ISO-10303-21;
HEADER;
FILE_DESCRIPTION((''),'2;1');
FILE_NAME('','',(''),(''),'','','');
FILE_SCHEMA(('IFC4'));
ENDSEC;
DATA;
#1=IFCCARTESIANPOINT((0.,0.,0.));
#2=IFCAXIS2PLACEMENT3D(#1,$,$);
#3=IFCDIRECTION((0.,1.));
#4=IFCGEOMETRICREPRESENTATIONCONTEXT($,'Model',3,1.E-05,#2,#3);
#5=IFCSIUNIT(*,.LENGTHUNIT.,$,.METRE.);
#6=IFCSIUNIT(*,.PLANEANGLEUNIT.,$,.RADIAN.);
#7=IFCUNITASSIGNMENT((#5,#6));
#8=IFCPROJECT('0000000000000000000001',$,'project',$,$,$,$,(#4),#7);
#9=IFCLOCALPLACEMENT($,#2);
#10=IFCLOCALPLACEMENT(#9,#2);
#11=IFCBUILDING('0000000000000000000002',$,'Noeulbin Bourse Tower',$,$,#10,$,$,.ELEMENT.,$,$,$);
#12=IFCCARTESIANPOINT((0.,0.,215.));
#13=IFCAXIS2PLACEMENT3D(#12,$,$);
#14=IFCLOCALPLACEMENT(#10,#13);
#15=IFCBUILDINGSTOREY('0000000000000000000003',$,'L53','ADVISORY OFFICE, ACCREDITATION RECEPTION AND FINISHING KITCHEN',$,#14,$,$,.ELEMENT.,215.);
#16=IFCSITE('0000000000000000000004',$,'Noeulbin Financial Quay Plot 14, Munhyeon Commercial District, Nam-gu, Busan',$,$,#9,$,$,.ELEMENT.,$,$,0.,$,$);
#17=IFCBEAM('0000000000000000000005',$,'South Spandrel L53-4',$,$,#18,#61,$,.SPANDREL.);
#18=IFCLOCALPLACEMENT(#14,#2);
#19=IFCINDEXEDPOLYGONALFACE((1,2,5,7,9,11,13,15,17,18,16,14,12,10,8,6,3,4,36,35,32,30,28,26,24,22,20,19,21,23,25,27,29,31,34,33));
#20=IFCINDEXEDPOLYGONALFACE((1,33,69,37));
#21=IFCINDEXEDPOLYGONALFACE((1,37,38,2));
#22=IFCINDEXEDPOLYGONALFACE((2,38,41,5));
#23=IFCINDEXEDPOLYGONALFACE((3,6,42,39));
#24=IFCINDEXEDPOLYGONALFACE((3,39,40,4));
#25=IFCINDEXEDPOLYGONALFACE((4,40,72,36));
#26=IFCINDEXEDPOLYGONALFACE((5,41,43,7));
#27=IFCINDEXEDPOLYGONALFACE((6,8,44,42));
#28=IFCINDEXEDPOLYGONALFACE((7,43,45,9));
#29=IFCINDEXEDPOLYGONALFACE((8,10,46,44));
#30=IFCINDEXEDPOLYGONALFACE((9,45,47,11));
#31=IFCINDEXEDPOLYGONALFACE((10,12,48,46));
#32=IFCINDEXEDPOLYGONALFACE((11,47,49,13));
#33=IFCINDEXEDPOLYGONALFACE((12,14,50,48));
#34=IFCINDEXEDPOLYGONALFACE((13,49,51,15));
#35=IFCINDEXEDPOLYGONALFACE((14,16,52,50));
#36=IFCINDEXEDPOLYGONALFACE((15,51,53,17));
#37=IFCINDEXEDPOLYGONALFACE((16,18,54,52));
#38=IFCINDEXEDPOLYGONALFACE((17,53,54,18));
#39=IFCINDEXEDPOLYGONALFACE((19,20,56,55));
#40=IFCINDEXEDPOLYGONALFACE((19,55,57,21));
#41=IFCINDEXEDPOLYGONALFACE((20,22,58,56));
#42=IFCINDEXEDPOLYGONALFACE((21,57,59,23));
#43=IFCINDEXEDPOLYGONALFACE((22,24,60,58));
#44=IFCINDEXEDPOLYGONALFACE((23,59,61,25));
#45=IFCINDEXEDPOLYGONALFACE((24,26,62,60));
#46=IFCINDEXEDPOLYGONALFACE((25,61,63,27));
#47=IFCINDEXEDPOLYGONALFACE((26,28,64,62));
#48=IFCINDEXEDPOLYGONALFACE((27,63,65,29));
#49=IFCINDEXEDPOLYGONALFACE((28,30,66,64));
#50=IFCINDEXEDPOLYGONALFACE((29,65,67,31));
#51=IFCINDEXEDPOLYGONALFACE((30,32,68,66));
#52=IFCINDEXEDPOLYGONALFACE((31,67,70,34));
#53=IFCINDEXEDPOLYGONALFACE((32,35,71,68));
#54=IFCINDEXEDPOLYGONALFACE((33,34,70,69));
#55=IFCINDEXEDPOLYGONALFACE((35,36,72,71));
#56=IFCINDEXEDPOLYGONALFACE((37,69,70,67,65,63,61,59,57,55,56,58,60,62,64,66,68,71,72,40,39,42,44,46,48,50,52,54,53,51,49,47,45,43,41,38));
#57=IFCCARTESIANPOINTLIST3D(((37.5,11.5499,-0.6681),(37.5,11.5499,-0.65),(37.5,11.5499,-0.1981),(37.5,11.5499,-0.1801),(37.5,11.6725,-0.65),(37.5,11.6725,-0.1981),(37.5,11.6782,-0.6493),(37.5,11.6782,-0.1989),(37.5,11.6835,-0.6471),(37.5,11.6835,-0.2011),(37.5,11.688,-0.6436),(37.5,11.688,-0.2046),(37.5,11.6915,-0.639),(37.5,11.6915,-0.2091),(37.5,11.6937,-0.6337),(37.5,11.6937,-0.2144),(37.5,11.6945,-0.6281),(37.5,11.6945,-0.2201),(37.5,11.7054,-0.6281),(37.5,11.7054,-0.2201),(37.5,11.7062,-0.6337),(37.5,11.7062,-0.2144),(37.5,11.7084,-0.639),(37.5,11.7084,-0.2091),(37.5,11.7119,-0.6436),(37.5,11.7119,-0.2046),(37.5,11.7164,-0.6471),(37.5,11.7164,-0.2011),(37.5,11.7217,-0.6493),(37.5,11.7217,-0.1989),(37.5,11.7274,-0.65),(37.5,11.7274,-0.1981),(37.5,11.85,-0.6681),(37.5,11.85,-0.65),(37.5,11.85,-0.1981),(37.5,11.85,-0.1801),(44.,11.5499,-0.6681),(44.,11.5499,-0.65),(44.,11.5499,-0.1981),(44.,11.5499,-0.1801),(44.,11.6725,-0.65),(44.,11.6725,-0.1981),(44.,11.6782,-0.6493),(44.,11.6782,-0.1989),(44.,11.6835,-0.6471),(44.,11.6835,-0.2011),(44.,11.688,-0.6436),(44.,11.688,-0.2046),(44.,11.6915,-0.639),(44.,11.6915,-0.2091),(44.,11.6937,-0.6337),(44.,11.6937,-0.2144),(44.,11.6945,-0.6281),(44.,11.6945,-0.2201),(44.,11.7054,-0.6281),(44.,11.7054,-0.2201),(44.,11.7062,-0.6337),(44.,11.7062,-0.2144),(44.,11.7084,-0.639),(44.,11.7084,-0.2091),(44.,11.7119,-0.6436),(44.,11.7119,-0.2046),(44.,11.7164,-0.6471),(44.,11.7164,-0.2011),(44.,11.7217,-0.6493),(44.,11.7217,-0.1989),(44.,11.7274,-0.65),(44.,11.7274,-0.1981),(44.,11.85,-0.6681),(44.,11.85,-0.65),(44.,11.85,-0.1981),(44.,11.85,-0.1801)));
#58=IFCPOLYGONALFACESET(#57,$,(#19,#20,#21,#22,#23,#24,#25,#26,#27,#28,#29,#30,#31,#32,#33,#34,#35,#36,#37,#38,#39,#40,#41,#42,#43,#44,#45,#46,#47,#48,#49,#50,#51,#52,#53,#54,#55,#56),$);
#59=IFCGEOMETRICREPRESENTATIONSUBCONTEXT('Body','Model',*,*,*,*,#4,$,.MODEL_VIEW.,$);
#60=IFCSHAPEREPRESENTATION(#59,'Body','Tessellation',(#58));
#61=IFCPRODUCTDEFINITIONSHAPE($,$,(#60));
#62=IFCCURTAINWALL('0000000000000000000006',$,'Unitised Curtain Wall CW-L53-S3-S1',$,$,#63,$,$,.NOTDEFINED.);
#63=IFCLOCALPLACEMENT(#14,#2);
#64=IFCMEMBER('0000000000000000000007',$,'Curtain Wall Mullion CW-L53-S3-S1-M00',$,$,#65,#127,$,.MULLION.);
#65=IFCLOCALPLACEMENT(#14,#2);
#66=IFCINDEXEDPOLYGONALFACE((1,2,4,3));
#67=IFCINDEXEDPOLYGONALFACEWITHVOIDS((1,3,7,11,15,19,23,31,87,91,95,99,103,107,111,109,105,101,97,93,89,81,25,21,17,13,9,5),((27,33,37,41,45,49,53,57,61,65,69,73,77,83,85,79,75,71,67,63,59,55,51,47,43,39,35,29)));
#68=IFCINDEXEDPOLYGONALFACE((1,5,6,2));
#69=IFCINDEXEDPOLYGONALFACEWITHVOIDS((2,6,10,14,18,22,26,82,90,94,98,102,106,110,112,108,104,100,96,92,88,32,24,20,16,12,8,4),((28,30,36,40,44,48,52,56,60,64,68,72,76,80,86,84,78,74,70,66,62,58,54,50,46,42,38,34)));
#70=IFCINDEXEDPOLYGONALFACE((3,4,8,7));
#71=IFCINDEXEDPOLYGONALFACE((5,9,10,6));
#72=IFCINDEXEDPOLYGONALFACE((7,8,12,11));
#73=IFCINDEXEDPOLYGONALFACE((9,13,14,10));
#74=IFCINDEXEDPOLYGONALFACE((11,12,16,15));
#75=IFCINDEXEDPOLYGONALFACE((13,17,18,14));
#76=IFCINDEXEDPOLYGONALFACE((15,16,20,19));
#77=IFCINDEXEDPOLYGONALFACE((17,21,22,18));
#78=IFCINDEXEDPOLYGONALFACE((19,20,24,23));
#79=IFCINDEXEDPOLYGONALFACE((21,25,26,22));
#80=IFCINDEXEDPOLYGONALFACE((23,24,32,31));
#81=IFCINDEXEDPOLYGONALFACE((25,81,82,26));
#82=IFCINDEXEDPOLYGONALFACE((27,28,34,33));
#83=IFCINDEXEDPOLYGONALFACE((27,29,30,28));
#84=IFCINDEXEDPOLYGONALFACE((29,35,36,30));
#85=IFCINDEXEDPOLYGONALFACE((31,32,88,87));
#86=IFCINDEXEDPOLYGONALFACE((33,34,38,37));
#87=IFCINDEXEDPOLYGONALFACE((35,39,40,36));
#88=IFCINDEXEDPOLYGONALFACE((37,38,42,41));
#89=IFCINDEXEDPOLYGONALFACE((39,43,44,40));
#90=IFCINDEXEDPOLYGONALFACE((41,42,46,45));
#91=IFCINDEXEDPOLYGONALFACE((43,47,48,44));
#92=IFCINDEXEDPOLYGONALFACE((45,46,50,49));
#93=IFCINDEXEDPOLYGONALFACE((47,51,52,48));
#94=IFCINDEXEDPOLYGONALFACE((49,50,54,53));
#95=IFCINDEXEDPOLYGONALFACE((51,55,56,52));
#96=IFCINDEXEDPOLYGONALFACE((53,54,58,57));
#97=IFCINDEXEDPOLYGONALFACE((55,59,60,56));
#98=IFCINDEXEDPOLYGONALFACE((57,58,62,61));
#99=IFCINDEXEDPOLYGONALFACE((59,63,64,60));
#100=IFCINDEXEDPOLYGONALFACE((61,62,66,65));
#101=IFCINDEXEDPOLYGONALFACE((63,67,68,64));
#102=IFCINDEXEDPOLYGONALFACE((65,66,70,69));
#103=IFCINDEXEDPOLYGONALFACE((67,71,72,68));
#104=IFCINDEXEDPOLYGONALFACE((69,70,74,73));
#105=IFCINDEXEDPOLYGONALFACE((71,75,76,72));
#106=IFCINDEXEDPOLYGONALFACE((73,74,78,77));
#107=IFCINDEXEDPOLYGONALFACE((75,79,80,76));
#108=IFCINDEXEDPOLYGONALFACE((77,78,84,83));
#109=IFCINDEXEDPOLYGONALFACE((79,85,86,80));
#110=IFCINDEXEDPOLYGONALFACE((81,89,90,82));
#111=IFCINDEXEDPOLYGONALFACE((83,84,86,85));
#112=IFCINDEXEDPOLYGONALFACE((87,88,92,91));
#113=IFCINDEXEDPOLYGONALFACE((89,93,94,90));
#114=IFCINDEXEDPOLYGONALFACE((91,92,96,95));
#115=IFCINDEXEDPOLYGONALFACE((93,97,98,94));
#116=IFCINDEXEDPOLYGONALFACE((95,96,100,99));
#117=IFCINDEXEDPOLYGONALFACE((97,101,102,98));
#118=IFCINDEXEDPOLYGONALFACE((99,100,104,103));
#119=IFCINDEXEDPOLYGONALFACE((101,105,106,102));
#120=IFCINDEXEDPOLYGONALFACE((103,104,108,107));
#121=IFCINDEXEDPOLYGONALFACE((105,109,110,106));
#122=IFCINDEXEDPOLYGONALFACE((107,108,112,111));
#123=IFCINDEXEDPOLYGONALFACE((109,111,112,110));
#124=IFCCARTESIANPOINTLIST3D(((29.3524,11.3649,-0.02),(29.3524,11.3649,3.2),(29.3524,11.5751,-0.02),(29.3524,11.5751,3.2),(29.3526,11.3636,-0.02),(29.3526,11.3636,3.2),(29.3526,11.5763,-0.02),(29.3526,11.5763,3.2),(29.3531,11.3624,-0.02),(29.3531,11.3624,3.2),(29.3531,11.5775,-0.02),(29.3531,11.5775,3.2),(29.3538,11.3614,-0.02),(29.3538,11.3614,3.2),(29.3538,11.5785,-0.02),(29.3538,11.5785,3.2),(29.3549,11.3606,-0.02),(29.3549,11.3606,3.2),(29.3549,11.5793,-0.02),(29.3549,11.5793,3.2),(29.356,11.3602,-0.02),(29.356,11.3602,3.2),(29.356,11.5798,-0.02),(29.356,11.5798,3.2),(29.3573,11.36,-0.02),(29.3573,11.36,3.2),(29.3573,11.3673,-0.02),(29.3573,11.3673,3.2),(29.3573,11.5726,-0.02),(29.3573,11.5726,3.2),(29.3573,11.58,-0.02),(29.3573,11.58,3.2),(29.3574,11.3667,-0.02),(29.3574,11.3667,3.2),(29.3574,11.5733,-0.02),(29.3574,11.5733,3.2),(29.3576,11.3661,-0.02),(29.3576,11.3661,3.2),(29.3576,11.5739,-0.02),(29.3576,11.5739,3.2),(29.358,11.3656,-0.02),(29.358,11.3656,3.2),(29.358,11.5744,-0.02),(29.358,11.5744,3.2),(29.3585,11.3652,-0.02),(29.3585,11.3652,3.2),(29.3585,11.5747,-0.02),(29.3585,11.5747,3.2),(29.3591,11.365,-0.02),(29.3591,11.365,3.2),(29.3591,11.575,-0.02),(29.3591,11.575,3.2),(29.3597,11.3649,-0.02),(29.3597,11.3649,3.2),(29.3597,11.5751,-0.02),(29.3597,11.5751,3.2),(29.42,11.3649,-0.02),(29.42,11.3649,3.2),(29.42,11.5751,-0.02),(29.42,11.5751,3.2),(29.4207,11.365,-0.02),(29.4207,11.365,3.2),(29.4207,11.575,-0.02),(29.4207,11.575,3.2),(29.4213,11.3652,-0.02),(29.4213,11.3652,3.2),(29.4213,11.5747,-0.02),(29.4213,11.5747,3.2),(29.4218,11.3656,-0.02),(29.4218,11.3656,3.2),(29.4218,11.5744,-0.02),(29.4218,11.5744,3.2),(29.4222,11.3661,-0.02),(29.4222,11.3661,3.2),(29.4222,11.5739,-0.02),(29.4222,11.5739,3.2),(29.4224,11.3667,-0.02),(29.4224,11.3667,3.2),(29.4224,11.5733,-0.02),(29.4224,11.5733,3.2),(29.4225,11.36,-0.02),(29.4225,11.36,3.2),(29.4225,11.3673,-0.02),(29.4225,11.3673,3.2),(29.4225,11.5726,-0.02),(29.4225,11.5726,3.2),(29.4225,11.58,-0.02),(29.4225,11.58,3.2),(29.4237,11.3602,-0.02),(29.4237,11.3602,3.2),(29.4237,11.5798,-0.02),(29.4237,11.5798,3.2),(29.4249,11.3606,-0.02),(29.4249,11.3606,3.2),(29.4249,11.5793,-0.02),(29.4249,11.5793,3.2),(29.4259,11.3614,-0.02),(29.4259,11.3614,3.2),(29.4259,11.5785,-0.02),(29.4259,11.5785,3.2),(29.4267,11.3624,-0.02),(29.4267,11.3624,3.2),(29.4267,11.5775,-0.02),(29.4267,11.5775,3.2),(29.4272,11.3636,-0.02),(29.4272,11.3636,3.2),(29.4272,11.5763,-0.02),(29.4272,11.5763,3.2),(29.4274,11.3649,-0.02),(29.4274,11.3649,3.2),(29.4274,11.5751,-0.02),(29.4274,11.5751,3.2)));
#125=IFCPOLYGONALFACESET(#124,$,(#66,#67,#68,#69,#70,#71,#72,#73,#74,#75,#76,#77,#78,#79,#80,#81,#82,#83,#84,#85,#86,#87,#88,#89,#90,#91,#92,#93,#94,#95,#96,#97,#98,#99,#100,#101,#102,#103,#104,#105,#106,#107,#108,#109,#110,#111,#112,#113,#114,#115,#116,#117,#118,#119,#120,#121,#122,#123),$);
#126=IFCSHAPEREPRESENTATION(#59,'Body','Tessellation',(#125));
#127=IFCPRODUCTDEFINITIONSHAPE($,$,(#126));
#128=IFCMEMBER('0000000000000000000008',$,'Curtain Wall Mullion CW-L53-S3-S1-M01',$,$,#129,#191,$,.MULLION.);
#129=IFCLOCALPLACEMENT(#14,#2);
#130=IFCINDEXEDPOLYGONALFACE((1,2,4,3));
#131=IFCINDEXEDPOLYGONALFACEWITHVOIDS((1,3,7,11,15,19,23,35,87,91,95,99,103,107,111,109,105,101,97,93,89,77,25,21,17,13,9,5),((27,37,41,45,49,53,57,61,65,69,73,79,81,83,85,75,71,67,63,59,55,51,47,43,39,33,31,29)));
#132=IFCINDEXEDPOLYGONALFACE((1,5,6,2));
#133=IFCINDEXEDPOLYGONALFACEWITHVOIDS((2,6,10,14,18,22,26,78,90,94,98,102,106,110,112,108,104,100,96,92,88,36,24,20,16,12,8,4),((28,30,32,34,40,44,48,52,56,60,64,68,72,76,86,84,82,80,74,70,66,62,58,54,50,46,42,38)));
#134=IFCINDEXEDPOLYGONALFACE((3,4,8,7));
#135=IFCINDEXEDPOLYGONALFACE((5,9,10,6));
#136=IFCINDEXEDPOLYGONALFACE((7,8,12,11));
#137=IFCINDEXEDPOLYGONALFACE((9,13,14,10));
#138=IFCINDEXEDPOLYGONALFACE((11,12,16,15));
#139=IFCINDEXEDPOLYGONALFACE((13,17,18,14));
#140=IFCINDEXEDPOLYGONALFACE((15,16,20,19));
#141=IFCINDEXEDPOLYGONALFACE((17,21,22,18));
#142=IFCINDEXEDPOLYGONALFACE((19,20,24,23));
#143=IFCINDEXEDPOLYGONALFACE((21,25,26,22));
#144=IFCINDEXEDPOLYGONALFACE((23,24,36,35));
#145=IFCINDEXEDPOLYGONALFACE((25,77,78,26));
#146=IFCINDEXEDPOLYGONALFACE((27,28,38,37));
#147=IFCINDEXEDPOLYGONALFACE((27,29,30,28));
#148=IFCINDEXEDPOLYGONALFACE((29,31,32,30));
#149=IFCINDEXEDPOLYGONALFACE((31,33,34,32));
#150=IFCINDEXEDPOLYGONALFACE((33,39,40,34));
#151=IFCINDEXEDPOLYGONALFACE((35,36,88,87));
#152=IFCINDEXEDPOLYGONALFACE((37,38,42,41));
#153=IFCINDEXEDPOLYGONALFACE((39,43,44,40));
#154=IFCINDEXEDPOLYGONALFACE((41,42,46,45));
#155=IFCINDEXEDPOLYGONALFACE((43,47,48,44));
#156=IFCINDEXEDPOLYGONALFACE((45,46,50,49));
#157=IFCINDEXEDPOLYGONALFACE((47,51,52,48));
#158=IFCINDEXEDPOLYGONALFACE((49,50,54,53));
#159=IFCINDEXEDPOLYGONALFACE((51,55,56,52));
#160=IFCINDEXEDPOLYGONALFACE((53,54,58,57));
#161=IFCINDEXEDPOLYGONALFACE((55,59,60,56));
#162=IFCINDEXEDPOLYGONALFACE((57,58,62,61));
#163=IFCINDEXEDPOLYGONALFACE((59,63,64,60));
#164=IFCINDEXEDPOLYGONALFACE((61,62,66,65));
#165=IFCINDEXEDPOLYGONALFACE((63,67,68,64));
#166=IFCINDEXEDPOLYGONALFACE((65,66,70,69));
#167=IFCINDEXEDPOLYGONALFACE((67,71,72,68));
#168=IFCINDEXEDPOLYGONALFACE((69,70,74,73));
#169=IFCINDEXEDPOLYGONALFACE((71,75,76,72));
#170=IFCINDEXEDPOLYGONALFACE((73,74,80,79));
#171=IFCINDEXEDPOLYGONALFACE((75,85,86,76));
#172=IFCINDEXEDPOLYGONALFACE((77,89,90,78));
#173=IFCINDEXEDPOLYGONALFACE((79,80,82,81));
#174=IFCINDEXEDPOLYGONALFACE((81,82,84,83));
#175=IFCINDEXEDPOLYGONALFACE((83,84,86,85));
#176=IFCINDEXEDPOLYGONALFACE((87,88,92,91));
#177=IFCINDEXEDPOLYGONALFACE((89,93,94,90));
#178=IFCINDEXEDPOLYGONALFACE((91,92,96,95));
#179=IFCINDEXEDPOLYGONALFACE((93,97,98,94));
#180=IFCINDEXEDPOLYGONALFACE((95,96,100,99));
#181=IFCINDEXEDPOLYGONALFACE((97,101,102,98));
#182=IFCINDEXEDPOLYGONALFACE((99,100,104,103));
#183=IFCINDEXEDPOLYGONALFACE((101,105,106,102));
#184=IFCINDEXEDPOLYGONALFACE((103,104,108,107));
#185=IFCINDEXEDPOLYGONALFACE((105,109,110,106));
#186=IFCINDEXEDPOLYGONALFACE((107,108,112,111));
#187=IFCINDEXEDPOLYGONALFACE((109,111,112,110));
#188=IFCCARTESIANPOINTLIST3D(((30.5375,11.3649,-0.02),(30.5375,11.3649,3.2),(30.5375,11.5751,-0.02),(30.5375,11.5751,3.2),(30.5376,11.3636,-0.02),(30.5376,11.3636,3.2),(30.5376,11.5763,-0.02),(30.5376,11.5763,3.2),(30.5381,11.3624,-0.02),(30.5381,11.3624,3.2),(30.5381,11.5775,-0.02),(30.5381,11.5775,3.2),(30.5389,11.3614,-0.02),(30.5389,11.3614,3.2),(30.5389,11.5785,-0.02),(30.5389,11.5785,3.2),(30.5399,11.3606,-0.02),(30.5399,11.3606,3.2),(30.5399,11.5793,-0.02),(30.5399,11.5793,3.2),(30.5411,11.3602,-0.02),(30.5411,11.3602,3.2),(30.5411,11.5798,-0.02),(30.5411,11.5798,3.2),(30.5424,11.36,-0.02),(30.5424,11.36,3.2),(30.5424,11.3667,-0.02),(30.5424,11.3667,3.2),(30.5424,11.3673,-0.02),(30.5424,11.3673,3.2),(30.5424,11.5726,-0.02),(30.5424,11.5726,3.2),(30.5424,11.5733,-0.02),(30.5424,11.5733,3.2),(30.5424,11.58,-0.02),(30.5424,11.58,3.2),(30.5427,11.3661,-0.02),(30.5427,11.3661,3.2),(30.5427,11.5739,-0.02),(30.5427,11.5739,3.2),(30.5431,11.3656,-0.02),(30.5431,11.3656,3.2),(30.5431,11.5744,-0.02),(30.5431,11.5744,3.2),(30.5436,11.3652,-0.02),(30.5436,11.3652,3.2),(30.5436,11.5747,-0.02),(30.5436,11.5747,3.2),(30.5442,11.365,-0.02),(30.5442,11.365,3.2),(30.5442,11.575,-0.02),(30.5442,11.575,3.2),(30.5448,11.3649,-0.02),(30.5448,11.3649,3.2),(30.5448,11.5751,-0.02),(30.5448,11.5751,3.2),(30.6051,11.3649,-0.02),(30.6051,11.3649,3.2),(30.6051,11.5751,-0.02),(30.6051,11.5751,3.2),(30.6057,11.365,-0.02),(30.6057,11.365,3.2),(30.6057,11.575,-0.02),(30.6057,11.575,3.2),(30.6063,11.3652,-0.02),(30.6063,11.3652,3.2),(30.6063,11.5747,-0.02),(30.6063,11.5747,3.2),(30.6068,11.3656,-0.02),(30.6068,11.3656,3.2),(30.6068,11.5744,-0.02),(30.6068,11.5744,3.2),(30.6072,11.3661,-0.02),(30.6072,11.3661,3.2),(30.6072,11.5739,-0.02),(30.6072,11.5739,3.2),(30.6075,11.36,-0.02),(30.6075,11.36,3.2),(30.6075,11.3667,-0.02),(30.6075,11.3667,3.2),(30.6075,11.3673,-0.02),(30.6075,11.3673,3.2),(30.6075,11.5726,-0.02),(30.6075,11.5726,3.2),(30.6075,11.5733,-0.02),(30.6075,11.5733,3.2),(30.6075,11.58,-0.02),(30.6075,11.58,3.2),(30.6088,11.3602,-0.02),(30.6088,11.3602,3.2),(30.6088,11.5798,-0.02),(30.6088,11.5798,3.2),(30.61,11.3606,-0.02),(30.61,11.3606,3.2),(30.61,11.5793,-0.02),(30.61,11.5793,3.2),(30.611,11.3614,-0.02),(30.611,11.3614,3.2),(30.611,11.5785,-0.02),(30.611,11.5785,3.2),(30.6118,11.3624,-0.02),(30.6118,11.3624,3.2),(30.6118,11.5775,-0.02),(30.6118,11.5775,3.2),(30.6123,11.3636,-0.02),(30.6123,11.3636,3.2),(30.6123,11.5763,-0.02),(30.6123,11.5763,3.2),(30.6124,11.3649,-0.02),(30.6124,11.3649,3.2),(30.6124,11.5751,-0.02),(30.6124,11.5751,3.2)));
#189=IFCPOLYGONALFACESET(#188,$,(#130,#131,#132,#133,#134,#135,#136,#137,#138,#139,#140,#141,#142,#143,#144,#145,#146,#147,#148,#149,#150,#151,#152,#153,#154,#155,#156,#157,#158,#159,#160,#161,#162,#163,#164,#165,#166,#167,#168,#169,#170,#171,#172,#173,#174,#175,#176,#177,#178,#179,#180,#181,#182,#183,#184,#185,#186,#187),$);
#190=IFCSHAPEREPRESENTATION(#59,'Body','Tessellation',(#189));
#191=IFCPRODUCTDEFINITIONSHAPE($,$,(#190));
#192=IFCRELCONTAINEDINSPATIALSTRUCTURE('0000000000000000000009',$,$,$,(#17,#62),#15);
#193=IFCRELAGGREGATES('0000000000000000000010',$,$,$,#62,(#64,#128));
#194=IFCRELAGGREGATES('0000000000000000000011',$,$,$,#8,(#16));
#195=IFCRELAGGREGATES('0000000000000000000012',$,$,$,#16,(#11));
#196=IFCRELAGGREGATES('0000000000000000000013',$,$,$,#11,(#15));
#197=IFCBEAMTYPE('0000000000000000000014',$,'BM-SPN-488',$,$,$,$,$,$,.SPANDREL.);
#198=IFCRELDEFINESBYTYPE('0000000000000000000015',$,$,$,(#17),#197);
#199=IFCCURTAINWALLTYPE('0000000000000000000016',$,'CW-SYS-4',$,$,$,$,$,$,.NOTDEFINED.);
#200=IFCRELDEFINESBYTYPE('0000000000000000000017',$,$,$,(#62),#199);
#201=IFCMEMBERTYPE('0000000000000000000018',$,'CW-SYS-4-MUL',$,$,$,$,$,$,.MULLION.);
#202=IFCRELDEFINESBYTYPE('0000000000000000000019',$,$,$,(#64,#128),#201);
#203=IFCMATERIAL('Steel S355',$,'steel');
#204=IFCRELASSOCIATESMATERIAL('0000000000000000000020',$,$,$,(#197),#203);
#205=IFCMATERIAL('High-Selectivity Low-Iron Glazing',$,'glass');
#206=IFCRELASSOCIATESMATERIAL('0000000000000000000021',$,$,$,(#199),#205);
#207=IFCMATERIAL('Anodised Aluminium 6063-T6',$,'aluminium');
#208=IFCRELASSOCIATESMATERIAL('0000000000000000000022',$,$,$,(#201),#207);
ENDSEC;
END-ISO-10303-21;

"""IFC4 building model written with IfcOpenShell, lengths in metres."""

from ifc_helpers import new_model, si_unit, direction, frame, origin, origin_2d, place, context, subcontext, project, spatial, hollow_rectangle, i_section, extrude, material, material_profile, profile_set, type_object, element, aggregate, save


model = new_model("IFC4")

# Units and contexts
model_context = context("Model", 3, precision=1e-05, world=origin(), true_north=direction((0.0, 1.0)))
body_context = subcontext(model_context, "Body", "Model", "MODEL_VIEW")
ifc_project = project(units=[si_unit("LENGTHUNIT", "METRE"), si_unit("PLANEANGLEUNIT", "RADIAN")], contexts=[model_context])

# Site, building, storey
site_placement = place(None, origin())
site = spatial("IfcSite", under=ifc_project, at=site_placement, Name="Noeulbin Financial Quay Plot 14, Munhyeon Commercial District, Nam-gu, Busan", CompositionType="ELEMENT", RefElevation=0.0)
building_placement = place(site_placement, origin())
building = spatial("IfcBuilding", under=site, at=building_placement, Name="Noeulbin Bourse Tower", CompositionType="ELEMENT")
storey_placement = place(building_placement, frame((0.0, 0.0, 215.0)))
storey = spatial("IfcBuildingStorey", under=building, at=storey_placement, Name="L53", Description="ADVISORY OFFICE, ACCREDITATION RECEPTION AND FINISHING KITCHEN", CompositionType="ELEMENT", Elevation=215.0)

# Shared definitions
ifc_material_1 = material(Name="Steel S355", Category="steel")

# Beam
ifc_material_profile_1 = material_profile(ifc_material_1, i_section(OverallWidth=0.3, OverallDepth=0.488, WebThickness=0.011, FlangeThickness=0.0181, FilletRadius=0.022, at=origin_2d()), Name="H-488x300x11x18", Category="LoadBearing")
ifc_profile_set_1 = profile_set([ifc_material_profile_1], Name="Steel S355")
beam_type_1 = type_object("IfcBeamType", Name="BM-SPN-488", PredefinedType="SPANDREL", material=ifc_profile_set_1)
for number, where, z_axis, x_axis, name in (
    (1, (37.5, 11.7, -0.4241), (1.0, 0.0, 0.0), (0.0, 1.0, 0.0), "South Spandrel L53-4"),
):
    element("IfcBeam", number, at=place(storey_placement, frame(where, z_axis=z_axis, x_axis=x_axis)), inside=storey, type_object=beam_type_1, Name=name, PredefinedType="SPANDREL", context=body_context, shape_type="SweptSolid", body=[
        extrude(i_section(OverallWidth=0.3, OverallDepth=0.488, WebThickness=0.011, FlangeThickness=0.0181, FilletRadius=0.022, at=origin_2d()), origin(), (0.0, 0.0, 1.0), 6.5),
    ])

# Curtain wall, members
ifc_material_2 = material(Name="High-Selectivity Low-Iron Glazing", Category="glass")
curtain_wall_type = type_object("IfcCurtainWallType", Name="CW-SYS-4", PredefinedType="NOTDEFINED", material=ifc_material_2)
curtain_wall_1_placement = place(storey_placement, origin())
curtain_wall_1 = element("IfcCurtainWall", 2, at=curtain_wall_1_placement, inside=storey, type_object=curtain_wall_type, Name="Unitised Curtain Wall CW-L53-S3-S1", PredefinedType="NOTDEFINED")
ifc_material_3 = material(Name="Anodised Aluminium 6063-T6", Category="aluminium")
ifc_material_profile_2 = material_profile(ifc_material_3, hollow_rectangle(XDim=0.075, YDim=0.22, WallThickness=0.0049, InnerFilletRadius=0.0024, OuterFilletRadius=0.0049, at=origin_2d()), Name="ALU-MULL-75x220x5", Category="LoadBearing")
ifc_profile_set_2 = profile_set([ifc_material_profile_2], Name="Anodised Aluminium 6063-T6")
member_type_1 = type_object("IfcMemberType", Name="CW-SYS-4-MUL", PredefinedType="MULLION", material=ifc_profile_set_2)
member_1_placement = place(storey_placement, frame((29.3899, 11.47, -0.02), z_axis=(0.0, 0.0, 1.0), x_axis=(1.0, 0.0, 0.0)))
member_1 = element("IfcMember", 3, at=member_1_placement, type_object=member_type_1, Name="Curtain Wall Mullion CW-L53-S3-S1-M00", PredefinedType="MULLION", context=body_context, shape_type="SweptSolid", body=[
    extrude(hollow_rectangle(XDim=0.075, YDim=0.22, WallThickness=0.0049, InnerFilletRadius=0.0024, OuterFilletRadius=0.0049, at=origin_2d()), origin(), (0.0, 0.0, 1.0), 3.22),
])
member_2_placement = place(storey_placement, frame((30.575, 11.47, -0.02), z_axis=(0.0, 0.0, 1.0), x_axis=(1.0, 0.0, 0.0)))
member_2 = element("IfcMember", 4, at=member_2_placement, type_object=member_type_1, Name="Curtain Wall Mullion CW-L53-S3-S1-M01", PredefinedType="MULLION", context=body_context, shape_type="SweptSolid", body=[
    extrude(hollow_rectangle(XDim=0.075, YDim=0.22, WallThickness=0.0049, InnerFilletRadius=0.0024, OuterFilletRadius=0.0049, at=origin_2d()), origin(), (0.0, 0.0, 1.0), 3.22),
])

aggregate(curtain_wall_1, [member_1, member_2])

save(model, "model.ifc")
